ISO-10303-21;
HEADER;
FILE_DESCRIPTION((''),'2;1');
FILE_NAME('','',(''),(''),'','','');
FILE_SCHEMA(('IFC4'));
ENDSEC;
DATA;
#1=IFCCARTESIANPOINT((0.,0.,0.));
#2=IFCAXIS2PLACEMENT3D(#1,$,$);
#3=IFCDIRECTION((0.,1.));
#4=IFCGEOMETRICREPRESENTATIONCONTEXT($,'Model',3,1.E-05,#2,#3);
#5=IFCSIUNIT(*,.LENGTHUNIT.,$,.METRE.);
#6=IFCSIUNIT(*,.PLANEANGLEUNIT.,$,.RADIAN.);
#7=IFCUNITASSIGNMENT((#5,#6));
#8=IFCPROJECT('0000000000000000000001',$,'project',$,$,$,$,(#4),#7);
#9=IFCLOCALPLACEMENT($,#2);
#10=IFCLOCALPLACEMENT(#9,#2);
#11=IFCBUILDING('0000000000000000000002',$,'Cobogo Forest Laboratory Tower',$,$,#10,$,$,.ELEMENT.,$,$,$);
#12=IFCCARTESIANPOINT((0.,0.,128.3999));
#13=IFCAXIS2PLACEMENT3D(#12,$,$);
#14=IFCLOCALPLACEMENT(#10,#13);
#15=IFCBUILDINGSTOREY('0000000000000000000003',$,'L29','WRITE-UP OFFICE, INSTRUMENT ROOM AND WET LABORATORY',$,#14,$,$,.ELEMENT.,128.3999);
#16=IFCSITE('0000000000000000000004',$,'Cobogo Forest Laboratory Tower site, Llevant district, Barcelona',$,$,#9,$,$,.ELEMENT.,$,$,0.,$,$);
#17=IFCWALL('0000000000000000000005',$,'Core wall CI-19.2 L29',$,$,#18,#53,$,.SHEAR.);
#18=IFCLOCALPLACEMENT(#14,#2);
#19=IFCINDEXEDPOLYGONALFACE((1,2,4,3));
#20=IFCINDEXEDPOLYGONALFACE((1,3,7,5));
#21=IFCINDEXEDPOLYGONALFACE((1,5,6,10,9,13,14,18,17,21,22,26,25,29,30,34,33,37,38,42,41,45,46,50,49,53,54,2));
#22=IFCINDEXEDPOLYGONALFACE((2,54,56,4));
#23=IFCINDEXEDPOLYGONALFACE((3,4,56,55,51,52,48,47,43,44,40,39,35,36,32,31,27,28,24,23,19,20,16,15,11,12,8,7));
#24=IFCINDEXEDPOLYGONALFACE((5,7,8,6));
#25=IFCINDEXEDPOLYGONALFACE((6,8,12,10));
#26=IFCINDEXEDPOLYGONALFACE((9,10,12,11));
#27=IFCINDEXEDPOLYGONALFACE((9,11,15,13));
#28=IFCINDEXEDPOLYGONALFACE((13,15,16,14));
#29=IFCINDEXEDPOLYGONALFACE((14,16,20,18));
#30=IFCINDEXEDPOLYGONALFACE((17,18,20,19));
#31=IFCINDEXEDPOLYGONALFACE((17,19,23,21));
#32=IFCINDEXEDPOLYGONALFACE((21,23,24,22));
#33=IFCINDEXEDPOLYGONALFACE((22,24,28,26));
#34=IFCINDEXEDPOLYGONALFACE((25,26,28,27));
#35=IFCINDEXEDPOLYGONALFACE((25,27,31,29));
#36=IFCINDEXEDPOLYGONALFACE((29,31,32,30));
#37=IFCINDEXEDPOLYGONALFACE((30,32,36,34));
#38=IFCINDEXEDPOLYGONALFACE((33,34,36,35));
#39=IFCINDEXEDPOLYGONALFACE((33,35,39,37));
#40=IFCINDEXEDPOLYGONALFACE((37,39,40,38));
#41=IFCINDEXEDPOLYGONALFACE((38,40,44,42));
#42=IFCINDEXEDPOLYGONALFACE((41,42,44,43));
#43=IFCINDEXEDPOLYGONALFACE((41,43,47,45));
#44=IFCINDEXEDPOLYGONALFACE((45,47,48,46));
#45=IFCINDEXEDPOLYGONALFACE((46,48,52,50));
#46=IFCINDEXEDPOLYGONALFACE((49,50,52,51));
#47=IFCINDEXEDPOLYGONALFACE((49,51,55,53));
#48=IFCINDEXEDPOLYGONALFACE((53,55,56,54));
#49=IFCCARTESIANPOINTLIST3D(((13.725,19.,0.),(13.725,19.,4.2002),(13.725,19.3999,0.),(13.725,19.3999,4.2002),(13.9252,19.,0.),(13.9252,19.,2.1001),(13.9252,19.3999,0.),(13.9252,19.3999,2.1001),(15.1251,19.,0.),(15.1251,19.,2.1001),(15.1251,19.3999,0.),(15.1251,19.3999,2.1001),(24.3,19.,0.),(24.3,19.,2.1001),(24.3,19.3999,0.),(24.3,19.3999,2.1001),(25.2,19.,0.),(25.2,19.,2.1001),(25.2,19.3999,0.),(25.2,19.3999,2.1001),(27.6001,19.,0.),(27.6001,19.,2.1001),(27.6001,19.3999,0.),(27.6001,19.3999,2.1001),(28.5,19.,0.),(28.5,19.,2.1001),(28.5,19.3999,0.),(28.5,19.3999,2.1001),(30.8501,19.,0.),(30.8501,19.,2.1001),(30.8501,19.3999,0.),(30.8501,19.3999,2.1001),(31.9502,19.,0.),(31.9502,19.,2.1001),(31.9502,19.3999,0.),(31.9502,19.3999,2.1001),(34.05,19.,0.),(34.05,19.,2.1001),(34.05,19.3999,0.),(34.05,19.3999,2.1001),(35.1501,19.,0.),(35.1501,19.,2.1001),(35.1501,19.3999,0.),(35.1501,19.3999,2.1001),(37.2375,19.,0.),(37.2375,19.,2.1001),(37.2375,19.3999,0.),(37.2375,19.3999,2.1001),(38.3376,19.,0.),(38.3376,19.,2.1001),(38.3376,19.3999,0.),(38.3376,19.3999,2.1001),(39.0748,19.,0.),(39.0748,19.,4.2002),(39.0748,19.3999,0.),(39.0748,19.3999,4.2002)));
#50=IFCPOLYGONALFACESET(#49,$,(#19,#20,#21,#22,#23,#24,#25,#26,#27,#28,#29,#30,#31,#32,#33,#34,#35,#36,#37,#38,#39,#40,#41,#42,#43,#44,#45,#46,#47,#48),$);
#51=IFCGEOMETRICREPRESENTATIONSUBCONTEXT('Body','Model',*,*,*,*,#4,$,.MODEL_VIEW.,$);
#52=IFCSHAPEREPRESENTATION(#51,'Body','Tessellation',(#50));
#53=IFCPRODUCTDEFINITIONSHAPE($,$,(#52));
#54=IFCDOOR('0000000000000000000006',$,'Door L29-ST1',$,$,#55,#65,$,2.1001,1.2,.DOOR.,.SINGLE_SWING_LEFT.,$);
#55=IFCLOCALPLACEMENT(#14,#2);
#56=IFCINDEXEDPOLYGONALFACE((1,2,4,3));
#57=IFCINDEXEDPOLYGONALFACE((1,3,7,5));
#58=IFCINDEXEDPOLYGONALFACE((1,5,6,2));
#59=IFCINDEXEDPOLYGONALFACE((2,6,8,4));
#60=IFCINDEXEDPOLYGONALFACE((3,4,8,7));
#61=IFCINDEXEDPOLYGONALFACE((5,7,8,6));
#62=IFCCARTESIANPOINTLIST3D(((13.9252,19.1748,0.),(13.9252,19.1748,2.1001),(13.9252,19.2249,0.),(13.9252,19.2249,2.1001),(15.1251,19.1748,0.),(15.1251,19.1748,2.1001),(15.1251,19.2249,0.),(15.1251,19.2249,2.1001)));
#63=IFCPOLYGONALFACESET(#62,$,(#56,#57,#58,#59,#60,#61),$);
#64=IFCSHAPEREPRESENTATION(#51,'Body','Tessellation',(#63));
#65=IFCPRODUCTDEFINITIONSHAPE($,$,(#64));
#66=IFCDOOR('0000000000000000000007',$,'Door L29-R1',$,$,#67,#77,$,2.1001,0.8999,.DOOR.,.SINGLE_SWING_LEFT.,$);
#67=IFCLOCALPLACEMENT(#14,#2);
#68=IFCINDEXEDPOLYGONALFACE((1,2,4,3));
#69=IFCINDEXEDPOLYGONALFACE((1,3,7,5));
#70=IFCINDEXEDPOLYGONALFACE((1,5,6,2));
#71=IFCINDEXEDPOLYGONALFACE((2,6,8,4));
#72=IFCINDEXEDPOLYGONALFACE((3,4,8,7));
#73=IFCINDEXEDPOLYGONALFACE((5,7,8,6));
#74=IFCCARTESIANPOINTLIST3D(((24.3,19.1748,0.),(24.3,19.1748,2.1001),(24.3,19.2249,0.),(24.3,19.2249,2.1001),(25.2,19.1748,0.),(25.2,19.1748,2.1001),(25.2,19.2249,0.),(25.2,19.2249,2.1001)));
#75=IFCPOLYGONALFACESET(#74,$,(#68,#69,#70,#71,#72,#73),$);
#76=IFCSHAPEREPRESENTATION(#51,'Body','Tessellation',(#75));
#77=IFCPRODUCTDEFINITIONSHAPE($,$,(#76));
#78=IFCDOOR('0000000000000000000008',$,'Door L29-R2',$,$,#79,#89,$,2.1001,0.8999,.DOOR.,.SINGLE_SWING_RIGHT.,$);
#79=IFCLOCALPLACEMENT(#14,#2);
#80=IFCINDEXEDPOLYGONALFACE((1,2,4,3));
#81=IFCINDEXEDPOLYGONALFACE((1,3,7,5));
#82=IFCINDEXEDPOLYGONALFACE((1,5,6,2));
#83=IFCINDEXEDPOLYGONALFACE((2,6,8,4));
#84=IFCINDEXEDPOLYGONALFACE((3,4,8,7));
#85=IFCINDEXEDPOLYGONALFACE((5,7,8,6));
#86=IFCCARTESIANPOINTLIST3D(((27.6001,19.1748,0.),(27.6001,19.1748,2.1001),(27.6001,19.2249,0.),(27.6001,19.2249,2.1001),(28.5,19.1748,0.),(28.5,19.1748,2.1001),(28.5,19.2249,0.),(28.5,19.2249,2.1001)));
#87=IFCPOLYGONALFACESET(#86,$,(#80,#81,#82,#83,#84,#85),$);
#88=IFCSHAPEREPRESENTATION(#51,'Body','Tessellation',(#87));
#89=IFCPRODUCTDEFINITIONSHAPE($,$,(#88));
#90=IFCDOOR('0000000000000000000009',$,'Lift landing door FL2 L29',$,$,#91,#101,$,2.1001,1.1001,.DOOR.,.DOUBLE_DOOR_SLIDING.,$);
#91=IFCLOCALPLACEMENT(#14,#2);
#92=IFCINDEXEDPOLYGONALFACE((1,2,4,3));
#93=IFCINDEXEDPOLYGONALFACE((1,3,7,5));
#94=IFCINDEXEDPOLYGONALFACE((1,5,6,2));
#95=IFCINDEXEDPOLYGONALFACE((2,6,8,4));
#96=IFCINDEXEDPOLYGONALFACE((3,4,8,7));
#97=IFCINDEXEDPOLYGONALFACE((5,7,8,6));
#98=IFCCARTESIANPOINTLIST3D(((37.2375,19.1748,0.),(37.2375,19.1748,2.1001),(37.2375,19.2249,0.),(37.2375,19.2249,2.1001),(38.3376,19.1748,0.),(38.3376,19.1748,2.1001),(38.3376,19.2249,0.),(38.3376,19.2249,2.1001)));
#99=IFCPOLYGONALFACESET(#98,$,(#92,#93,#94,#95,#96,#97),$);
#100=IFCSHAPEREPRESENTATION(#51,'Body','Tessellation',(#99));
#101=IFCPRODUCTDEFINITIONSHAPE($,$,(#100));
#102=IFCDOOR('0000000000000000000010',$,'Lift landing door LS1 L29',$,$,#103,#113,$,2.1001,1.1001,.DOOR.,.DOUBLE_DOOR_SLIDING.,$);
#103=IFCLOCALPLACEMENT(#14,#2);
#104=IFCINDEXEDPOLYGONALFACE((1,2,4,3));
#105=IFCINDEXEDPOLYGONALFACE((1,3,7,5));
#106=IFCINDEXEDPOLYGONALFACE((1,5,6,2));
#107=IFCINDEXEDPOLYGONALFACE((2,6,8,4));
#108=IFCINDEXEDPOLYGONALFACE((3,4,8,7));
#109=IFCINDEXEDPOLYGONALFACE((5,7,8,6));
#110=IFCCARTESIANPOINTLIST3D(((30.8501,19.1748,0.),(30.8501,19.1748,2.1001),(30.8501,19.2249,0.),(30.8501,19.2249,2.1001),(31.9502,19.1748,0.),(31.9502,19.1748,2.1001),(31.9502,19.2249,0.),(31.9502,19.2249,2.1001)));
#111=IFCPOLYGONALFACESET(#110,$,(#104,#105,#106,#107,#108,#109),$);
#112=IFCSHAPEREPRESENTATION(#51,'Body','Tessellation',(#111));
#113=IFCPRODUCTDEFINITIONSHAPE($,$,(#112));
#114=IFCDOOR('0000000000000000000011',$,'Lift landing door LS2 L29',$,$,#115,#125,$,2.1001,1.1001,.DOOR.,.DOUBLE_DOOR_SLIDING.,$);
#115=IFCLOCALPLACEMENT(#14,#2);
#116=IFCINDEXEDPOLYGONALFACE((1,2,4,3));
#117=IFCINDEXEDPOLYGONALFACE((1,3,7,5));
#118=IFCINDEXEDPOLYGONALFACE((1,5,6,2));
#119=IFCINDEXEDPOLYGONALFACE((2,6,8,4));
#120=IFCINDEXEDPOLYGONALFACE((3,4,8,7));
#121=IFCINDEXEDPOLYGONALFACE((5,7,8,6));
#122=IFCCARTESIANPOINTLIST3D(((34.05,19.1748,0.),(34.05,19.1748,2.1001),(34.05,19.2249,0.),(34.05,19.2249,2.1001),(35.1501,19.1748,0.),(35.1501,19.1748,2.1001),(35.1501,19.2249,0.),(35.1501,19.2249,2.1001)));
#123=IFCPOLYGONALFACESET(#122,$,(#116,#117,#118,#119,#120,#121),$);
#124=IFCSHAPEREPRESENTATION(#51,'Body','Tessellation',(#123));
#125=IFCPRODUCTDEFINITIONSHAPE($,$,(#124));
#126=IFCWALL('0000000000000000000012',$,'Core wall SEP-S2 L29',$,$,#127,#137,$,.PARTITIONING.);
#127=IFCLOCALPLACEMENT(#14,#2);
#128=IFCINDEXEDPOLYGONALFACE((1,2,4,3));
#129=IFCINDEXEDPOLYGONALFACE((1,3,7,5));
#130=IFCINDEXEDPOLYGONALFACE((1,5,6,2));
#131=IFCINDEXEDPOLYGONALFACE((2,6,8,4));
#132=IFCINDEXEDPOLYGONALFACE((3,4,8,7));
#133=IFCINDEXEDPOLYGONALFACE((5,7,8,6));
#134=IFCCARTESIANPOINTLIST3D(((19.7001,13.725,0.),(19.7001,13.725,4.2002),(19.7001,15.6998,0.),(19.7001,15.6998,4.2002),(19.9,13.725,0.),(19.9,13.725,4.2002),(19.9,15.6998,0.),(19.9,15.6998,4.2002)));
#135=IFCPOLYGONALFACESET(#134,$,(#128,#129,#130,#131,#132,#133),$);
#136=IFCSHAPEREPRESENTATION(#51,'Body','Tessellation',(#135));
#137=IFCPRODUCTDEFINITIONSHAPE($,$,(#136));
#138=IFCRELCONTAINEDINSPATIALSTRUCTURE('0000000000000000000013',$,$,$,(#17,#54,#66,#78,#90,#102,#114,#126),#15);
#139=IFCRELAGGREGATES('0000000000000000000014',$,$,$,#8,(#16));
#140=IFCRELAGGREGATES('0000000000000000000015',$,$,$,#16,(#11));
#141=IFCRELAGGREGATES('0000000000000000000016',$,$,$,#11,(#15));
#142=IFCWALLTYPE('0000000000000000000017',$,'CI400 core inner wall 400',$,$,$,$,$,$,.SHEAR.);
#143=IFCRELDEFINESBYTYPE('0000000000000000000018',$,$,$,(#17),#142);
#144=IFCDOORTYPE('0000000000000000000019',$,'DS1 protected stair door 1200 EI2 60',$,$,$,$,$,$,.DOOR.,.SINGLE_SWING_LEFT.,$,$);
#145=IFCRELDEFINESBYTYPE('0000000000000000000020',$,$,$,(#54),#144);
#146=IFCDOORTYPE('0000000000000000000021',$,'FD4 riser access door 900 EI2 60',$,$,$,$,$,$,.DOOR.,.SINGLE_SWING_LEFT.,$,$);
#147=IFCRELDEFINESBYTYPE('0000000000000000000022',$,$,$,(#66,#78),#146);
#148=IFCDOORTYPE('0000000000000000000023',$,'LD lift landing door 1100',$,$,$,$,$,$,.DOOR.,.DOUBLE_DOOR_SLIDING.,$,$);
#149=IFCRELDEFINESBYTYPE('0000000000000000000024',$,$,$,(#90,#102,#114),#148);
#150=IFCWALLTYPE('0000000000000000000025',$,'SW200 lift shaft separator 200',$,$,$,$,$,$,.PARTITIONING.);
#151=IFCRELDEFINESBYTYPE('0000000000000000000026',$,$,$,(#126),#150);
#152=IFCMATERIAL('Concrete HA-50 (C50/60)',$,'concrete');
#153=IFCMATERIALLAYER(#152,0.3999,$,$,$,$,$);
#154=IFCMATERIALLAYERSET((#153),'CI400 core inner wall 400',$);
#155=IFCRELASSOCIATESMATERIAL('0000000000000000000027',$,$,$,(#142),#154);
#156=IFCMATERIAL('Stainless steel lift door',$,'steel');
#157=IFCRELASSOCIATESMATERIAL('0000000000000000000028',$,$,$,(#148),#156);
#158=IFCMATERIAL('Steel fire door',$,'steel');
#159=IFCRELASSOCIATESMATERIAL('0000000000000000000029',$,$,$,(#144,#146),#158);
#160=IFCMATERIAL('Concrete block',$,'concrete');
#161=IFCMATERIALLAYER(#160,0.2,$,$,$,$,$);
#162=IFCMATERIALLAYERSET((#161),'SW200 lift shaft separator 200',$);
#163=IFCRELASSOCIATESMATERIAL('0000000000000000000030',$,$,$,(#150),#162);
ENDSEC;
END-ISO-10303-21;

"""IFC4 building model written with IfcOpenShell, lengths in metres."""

from ifc_helpers import new_model, si_unit, direction, frame, frame_2d, origin, place, context, subcontext, project, spatial, rectangle, extrude, material, layer, layer_set, type_object, element, fill, save


model = new_model("IFC4")

# Units and contexts
model_context = context("Model", 3, precision=1e-05, world=origin(), true_north=direction((0.0, 1.0)))
body_context = subcontext(model_context, "Body", "Model", "MODEL_VIEW")
ifc_project = project(units=[si_unit("LENGTHUNIT", "METRE"), si_unit("PLANEANGLEUNIT", "RADIAN")], contexts=[model_context])

# Site, building, storey
site_placement = place(None, origin())
site = spatial("IfcSite", under=ifc_project, at=site_placement, Name="Cobogo Forest Laboratory Tower site, Llevant district, Barcelona", CompositionType="ELEMENT", RefElevation=0.0)
building_placement = place(site_placement, origin())
building = spatial("IfcBuilding", under=site, at=building_placement, Name="Cobogo Forest Laboratory Tower", CompositionType="ELEMENT")
storey_placement = place(building_placement, frame((0.0, 0.0, 128.3999)))
storey = spatial("IfcBuildingStorey", under=building, at=storey_placement, Name="L29", Description="WRITE-UP OFFICE, INSTRUMENT ROOM AND WET LABORATORY", CompositionType="ELEMENT", Elevation=128.3999)

# Wall, openings, doors
ifc_material_1 = material(Name="Concrete HA-50 (C50/60)", Category="concrete")
ifc_layer_1 = layer(ifc_material_1, 0.3999)
ifc_layer_set_1 = layer_set([ifc_layer_1], Name="CI400 core inner wall 400")
wall_type_1 = type_object("IfcWallType", Name="CI400 core inner wall 400", PredefinedType="SHEAR", material=ifc_layer_set_1)
ifc_material_2 = material(Name="Steel fire door", Category="steel")
ifc_material_3 = material(Name="Stainless steel lift door", Category="steel")
door_type_1 = type_object("IfcDoorType", Name="LD lift landing door 1100", OperationType="DOUBLE_DOOR_SLIDING", PredefinedType="DOOR", material=ifc_material_3)
wall_1_placement = place(storey_placement, frame((13.7251, 19.2, 0.0), z_axis=(0.0, 0.0, 1.0), x_axis=(1.0, 0.0, 0.0)))
wall_1 = element("IfcWall", 1, at=wall_1_placement, inside=storey, type_object=wall_type_1, Name="Core wall CI-19.2 L29", PredefinedType="SHEAR", context=body_context, shape_type="SweptSolid", body=[
    extrude(rectangle(XDim=25.3499, YDim=0.3999, at=frame_2d((12.6748, 0.0))), origin(), (0.0, 0.0, 1.0), 4.2002),
])
opening_1_placement = place(wall_1_placement, frame((10.575, 0.0, 0.0)))
opening_1 = element("IfcOpeningElement", 2, at=opening_1_placement, cuts=wall_1, PredefinedType="OPENING", context=body_context, shape_type="SweptSolid", body=[
    extrude(rectangle(XDim=0.8999, YDim=2.1001, at=frame_2d((0.45, 1.05))), frame((0.0, 0.21, 0.0), z_axis=(0.0, -1.0, 0.0), x_axis=(1.0, 0.0, 0.0)), (0.0, 0.0, 1.0), 0.4199),
])
opening_2_placement = place(wall_1_placement, frame((13.875, 0.0, 0.0)))
opening_2 = element("IfcOpeningElement", 3, at=opening_2_placement, cuts=wall_1, PredefinedType="OPENING", context=body_context, shape_type="SweptSolid", body=[
    extrude(rectangle(XDim=0.8999, YDim=2.1001, at=frame_2d((0.45, 1.05))), frame((0.0, 0.21, 0.0), z_axis=(0.0, -1.0, 0.0), x_axis=(1.0, 0.0, 0.0)), (0.0, 0.0, 1.0), 0.4199),
])
opening_3_placement = place(wall_1_placement, frame((0.2, 0.0, 0.0)))
opening_3 = element("IfcOpeningElement", 4, at=opening_3_placement, cuts=wall_1, PredefinedType="OPENING", context=body_context, shape_type="SweptSolid", body=[
    extrude(rectangle(XDim=1.2, YDim=2.1001, at=frame_2d((0.6001, 1.05))), frame((0.0, 0.21, 0.0), z_axis=(0.0, -1.0, 0.0), x_axis=(1.0, 0.0, 0.0)), (0.0, 0.0, 1.0), 0.4199),
])
opening_4_placement = place(wall_1_placement, frame((23.5125, 0.0, 0.0)))
opening_4 = element("IfcOpeningElement", 5, at=opening_4_placement, cuts=wall_1, PredefinedType="OPENING", context=body_context, shape_type="SweptSolid", body=[
    extrude(rectangle(XDim=1.1001, YDim=2.1001, at=frame_2d((0.55, 1.05))), frame((0.0, 0.21, 0.0), z_axis=(0.0, -1.0, 0.0), x_axis=(1.0, 0.0, 0.0)), (0.0, 0.0, 1.0), 0.4199),
])
opening_5_placement = place(wall_1_placement, frame((17.125, 0.0, 0.0)))
opening_5 = element("IfcOpeningElement", 6, at=opening_5_placement, cuts=wall_1, PredefinedType="OPENING", context=body_context, shape_type="SweptSolid", body=[
    extrude(rectangle(XDim=1.1001, YDim=2.1001, at=frame_2d((0.55, 1.05))), frame((0.0, 0.21, 0.0), z_axis=(0.0, -1.0, 0.0), x_axis=(1.0, 0.0, 0.0)), (0.0, 0.0, 1.0), 0.4199),
])
opening_6_placement = place(wall_1_placement, frame((20.325, 0.0, 0.0)))
opening_6 = element("IfcOpeningElement", 7, at=opening_6_placement, cuts=wall_1, PredefinedType="OPENING", context=body_context, shape_type="SweptSolid", body=[
    extrude(rectangle(XDim=1.1001, YDim=2.1001, at=frame_2d((0.55, 1.05))), frame((0.0, 0.21, 0.0), z_axis=(0.0, -1.0, 0.0), x_axis=(1.0, 0.0, 0.0)), (0.0, 0.0, 1.0), 0.4199),
])
door_type_2 = type_object("IfcDoorType", Name="DS1 protected stair door 1200 EI2 60", OperationType="SINGLE_SWING_LEFT", PredefinedType="DOOR", material=ifc_material_2)
door_1_placement = place(opening_3_placement, origin())
door_1 = element("IfcDoor", 8, at=door_1_placement, inside=storey, type_object=door_type_2, Name="Door L29-ST1", OperationType="SINGLE_SWING_LEFT", OverallHeight=2.1001, OverallWidth=1.2, PredefinedType="DOOR", context=body_context, shape_type="SweptSolid", body=[
    extrude(rectangle(XDim=1.2, YDim=2.1001, at=frame_2d((0.6001, 1.05))), frame((0.0, 0.0249, 0.0), z_axis=(0.0, -1.0, 0.0), x_axis=(1.0, 0.0, 0.0)), (0.0, 0.0, 1.0), 0.05),
])
fill(opening_3, door_1)
door_type_3 = type_object("IfcDoorType", Name="FD4 riser access door 900 EI2 60", OperationType="SINGLE_SWING_LEFT", PredefinedType="DOOR", material=ifc_material_2)
door_2_placement = place(opening_1_placement, origin())
door_2 = element("IfcDoor", 9, at=door_2_placement, inside=storey, type_object=door_type_3, Name="Door L29-R1", OperationType="SINGLE_SWING_LEFT", OverallHeight=2.1001, OverallWidth=0.8999, PredefinedType="DOOR", context=body_context, shape_type="SweptSolid", body=[
    extrude(rectangle(XDim=0.8999, YDim=2.1001, at=frame_2d((0.45, 1.05))), frame((0.0, 0.0249, 0.0), z_axis=(0.0, -1.0, 0.0), x_axis=(1.0, 0.0, 0.0)), (0.0, 0.0, 1.0), 0.05),
])
fill(opening_1, door_2)
door_3_placement = place(opening_2_placement, origin())
door_3 = element("IfcDoor", 10, at=door_3_placement, inside=storey, type_object=door_type_3, Name="Door L29-R2", OperationType="SINGLE_SWING_RIGHT", OverallHeight=2.1001, OverallWidth=0.8999, PredefinedType="DOOR", context=body_context, shape_type="SweptSolid", body=[
    extrude(rectangle(XDim=0.8999, YDim=2.1001, at=frame_2d((0.45, 1.05))), frame((0.0, 0.0249, 0.0), z_axis=(0.0, -1.0, 0.0), x_axis=(1.0, 0.0, 0.0)), (0.0, 0.0, 1.0), 0.05),
])
fill(opening_2, door_3)
door_4_placement = place(opening_4_placement, origin())
door_4 = element("IfcDoor", 11, at=door_4_placement, inside=storey, type_object=door_type_1, Name="Lift landing door FL2 L29", OperationType="DOUBLE_DOOR_SLIDING", OverallHeight=2.1001, OverallWidth=1.1001, PredefinedType="DOOR", context=body_context, shape_type="SweptSolid", body=[
    extrude(rectangle(XDim=1.1001, YDim=2.1001, at=frame_2d((0.55, 1.05))), frame((0.0, 0.0249, 0.0), z_axis=(0.0, -1.0, 0.0), x_axis=(1.0, 0.0, 0.0)), (0.0, 0.0, 1.0), 0.05),
])
fill(opening_4, door_4)
door_5_placement = place(opening_5_placement, origin())
door_5 = element("IfcDoor", 12, at=door_5_placement, inside=storey, type_object=door_type_1, Name="Lift landing door LS1 L29", OperationType="DOUBLE_DOOR_SLIDING", OverallHeight=2.1001, OverallWidth=1.1001, PredefinedType="DOOR", context=body_context, shape_type="SweptSolid", body=[
    extrude(rectangle(XDim=1.1001, YDim=2.1001, at=frame_2d((0.55, 1.05))), frame((0.0, 0.0249, 0.0), z_axis=(0.0, -1.0, 0.0), x_axis=(1.0, 0.0, 0.0)), (0.0, 0.0, 1.0), 0.05),
])
fill(opening_5, door_5)
door_6_placement = place(opening_6_placement, origin())
door_6 = element("IfcDoor", 13, at=door_6_placement, inside=storey, type_object=door_type_1, Name="Lift landing door LS2 L29", OperationType="DOUBLE_DOOR_SLIDING", OverallHeight=2.1001, OverallWidth=1.1001, PredefinedType="DOOR", context=body_context, shape_type="SweptSolid", body=[
    extrude(rectangle(XDim=1.1001, YDim=2.1001, at=frame_2d((0.55, 1.05))), frame((0.0, 0.0249, 0.0), z_axis=(0.0, -1.0, 0.0), x_axis=(1.0, 0.0, 0.0)), (0.0, 0.0, 1.0), 0.05),
])
fill(opening_6, door_6)

# Wall
ifc_material_4 = material(Name="Concrete block", Category="concrete")
ifc_layer_2 = layer(ifc_material_4, 0.2)
ifc_layer_set_2 = layer_set([ifc_layer_2], Name="SW200 lift shaft separator 200")
wall_type_2 = type_object("IfcWallType", Name="SW200 lift shaft separator 200", PredefinedType="PARTITIONING", material=ifc_layer_set_2)
wall_2_placement = place(storey_placement, frame((19.8, 13.7251, 0.0), z_axis=(0.0, 0.0, 1.0), x_axis=(0.0, 1.0, 0.0)))
element("IfcWall", 14, at=wall_2_placement, inside=storey, type_object=wall_type_2, Name="Core wall SEP-S2 L29", PredefinedType="PARTITIONING", context=body_context, shape_type="SweptSolid", body=[
    extrude(rectangle(XDim=1.9749, YDim=0.2, at=frame_2d((0.9873, 0.0))), origin(), (0.0, 0.0, 1.0), 4.2002),
])

save(model, "model.ifc")
